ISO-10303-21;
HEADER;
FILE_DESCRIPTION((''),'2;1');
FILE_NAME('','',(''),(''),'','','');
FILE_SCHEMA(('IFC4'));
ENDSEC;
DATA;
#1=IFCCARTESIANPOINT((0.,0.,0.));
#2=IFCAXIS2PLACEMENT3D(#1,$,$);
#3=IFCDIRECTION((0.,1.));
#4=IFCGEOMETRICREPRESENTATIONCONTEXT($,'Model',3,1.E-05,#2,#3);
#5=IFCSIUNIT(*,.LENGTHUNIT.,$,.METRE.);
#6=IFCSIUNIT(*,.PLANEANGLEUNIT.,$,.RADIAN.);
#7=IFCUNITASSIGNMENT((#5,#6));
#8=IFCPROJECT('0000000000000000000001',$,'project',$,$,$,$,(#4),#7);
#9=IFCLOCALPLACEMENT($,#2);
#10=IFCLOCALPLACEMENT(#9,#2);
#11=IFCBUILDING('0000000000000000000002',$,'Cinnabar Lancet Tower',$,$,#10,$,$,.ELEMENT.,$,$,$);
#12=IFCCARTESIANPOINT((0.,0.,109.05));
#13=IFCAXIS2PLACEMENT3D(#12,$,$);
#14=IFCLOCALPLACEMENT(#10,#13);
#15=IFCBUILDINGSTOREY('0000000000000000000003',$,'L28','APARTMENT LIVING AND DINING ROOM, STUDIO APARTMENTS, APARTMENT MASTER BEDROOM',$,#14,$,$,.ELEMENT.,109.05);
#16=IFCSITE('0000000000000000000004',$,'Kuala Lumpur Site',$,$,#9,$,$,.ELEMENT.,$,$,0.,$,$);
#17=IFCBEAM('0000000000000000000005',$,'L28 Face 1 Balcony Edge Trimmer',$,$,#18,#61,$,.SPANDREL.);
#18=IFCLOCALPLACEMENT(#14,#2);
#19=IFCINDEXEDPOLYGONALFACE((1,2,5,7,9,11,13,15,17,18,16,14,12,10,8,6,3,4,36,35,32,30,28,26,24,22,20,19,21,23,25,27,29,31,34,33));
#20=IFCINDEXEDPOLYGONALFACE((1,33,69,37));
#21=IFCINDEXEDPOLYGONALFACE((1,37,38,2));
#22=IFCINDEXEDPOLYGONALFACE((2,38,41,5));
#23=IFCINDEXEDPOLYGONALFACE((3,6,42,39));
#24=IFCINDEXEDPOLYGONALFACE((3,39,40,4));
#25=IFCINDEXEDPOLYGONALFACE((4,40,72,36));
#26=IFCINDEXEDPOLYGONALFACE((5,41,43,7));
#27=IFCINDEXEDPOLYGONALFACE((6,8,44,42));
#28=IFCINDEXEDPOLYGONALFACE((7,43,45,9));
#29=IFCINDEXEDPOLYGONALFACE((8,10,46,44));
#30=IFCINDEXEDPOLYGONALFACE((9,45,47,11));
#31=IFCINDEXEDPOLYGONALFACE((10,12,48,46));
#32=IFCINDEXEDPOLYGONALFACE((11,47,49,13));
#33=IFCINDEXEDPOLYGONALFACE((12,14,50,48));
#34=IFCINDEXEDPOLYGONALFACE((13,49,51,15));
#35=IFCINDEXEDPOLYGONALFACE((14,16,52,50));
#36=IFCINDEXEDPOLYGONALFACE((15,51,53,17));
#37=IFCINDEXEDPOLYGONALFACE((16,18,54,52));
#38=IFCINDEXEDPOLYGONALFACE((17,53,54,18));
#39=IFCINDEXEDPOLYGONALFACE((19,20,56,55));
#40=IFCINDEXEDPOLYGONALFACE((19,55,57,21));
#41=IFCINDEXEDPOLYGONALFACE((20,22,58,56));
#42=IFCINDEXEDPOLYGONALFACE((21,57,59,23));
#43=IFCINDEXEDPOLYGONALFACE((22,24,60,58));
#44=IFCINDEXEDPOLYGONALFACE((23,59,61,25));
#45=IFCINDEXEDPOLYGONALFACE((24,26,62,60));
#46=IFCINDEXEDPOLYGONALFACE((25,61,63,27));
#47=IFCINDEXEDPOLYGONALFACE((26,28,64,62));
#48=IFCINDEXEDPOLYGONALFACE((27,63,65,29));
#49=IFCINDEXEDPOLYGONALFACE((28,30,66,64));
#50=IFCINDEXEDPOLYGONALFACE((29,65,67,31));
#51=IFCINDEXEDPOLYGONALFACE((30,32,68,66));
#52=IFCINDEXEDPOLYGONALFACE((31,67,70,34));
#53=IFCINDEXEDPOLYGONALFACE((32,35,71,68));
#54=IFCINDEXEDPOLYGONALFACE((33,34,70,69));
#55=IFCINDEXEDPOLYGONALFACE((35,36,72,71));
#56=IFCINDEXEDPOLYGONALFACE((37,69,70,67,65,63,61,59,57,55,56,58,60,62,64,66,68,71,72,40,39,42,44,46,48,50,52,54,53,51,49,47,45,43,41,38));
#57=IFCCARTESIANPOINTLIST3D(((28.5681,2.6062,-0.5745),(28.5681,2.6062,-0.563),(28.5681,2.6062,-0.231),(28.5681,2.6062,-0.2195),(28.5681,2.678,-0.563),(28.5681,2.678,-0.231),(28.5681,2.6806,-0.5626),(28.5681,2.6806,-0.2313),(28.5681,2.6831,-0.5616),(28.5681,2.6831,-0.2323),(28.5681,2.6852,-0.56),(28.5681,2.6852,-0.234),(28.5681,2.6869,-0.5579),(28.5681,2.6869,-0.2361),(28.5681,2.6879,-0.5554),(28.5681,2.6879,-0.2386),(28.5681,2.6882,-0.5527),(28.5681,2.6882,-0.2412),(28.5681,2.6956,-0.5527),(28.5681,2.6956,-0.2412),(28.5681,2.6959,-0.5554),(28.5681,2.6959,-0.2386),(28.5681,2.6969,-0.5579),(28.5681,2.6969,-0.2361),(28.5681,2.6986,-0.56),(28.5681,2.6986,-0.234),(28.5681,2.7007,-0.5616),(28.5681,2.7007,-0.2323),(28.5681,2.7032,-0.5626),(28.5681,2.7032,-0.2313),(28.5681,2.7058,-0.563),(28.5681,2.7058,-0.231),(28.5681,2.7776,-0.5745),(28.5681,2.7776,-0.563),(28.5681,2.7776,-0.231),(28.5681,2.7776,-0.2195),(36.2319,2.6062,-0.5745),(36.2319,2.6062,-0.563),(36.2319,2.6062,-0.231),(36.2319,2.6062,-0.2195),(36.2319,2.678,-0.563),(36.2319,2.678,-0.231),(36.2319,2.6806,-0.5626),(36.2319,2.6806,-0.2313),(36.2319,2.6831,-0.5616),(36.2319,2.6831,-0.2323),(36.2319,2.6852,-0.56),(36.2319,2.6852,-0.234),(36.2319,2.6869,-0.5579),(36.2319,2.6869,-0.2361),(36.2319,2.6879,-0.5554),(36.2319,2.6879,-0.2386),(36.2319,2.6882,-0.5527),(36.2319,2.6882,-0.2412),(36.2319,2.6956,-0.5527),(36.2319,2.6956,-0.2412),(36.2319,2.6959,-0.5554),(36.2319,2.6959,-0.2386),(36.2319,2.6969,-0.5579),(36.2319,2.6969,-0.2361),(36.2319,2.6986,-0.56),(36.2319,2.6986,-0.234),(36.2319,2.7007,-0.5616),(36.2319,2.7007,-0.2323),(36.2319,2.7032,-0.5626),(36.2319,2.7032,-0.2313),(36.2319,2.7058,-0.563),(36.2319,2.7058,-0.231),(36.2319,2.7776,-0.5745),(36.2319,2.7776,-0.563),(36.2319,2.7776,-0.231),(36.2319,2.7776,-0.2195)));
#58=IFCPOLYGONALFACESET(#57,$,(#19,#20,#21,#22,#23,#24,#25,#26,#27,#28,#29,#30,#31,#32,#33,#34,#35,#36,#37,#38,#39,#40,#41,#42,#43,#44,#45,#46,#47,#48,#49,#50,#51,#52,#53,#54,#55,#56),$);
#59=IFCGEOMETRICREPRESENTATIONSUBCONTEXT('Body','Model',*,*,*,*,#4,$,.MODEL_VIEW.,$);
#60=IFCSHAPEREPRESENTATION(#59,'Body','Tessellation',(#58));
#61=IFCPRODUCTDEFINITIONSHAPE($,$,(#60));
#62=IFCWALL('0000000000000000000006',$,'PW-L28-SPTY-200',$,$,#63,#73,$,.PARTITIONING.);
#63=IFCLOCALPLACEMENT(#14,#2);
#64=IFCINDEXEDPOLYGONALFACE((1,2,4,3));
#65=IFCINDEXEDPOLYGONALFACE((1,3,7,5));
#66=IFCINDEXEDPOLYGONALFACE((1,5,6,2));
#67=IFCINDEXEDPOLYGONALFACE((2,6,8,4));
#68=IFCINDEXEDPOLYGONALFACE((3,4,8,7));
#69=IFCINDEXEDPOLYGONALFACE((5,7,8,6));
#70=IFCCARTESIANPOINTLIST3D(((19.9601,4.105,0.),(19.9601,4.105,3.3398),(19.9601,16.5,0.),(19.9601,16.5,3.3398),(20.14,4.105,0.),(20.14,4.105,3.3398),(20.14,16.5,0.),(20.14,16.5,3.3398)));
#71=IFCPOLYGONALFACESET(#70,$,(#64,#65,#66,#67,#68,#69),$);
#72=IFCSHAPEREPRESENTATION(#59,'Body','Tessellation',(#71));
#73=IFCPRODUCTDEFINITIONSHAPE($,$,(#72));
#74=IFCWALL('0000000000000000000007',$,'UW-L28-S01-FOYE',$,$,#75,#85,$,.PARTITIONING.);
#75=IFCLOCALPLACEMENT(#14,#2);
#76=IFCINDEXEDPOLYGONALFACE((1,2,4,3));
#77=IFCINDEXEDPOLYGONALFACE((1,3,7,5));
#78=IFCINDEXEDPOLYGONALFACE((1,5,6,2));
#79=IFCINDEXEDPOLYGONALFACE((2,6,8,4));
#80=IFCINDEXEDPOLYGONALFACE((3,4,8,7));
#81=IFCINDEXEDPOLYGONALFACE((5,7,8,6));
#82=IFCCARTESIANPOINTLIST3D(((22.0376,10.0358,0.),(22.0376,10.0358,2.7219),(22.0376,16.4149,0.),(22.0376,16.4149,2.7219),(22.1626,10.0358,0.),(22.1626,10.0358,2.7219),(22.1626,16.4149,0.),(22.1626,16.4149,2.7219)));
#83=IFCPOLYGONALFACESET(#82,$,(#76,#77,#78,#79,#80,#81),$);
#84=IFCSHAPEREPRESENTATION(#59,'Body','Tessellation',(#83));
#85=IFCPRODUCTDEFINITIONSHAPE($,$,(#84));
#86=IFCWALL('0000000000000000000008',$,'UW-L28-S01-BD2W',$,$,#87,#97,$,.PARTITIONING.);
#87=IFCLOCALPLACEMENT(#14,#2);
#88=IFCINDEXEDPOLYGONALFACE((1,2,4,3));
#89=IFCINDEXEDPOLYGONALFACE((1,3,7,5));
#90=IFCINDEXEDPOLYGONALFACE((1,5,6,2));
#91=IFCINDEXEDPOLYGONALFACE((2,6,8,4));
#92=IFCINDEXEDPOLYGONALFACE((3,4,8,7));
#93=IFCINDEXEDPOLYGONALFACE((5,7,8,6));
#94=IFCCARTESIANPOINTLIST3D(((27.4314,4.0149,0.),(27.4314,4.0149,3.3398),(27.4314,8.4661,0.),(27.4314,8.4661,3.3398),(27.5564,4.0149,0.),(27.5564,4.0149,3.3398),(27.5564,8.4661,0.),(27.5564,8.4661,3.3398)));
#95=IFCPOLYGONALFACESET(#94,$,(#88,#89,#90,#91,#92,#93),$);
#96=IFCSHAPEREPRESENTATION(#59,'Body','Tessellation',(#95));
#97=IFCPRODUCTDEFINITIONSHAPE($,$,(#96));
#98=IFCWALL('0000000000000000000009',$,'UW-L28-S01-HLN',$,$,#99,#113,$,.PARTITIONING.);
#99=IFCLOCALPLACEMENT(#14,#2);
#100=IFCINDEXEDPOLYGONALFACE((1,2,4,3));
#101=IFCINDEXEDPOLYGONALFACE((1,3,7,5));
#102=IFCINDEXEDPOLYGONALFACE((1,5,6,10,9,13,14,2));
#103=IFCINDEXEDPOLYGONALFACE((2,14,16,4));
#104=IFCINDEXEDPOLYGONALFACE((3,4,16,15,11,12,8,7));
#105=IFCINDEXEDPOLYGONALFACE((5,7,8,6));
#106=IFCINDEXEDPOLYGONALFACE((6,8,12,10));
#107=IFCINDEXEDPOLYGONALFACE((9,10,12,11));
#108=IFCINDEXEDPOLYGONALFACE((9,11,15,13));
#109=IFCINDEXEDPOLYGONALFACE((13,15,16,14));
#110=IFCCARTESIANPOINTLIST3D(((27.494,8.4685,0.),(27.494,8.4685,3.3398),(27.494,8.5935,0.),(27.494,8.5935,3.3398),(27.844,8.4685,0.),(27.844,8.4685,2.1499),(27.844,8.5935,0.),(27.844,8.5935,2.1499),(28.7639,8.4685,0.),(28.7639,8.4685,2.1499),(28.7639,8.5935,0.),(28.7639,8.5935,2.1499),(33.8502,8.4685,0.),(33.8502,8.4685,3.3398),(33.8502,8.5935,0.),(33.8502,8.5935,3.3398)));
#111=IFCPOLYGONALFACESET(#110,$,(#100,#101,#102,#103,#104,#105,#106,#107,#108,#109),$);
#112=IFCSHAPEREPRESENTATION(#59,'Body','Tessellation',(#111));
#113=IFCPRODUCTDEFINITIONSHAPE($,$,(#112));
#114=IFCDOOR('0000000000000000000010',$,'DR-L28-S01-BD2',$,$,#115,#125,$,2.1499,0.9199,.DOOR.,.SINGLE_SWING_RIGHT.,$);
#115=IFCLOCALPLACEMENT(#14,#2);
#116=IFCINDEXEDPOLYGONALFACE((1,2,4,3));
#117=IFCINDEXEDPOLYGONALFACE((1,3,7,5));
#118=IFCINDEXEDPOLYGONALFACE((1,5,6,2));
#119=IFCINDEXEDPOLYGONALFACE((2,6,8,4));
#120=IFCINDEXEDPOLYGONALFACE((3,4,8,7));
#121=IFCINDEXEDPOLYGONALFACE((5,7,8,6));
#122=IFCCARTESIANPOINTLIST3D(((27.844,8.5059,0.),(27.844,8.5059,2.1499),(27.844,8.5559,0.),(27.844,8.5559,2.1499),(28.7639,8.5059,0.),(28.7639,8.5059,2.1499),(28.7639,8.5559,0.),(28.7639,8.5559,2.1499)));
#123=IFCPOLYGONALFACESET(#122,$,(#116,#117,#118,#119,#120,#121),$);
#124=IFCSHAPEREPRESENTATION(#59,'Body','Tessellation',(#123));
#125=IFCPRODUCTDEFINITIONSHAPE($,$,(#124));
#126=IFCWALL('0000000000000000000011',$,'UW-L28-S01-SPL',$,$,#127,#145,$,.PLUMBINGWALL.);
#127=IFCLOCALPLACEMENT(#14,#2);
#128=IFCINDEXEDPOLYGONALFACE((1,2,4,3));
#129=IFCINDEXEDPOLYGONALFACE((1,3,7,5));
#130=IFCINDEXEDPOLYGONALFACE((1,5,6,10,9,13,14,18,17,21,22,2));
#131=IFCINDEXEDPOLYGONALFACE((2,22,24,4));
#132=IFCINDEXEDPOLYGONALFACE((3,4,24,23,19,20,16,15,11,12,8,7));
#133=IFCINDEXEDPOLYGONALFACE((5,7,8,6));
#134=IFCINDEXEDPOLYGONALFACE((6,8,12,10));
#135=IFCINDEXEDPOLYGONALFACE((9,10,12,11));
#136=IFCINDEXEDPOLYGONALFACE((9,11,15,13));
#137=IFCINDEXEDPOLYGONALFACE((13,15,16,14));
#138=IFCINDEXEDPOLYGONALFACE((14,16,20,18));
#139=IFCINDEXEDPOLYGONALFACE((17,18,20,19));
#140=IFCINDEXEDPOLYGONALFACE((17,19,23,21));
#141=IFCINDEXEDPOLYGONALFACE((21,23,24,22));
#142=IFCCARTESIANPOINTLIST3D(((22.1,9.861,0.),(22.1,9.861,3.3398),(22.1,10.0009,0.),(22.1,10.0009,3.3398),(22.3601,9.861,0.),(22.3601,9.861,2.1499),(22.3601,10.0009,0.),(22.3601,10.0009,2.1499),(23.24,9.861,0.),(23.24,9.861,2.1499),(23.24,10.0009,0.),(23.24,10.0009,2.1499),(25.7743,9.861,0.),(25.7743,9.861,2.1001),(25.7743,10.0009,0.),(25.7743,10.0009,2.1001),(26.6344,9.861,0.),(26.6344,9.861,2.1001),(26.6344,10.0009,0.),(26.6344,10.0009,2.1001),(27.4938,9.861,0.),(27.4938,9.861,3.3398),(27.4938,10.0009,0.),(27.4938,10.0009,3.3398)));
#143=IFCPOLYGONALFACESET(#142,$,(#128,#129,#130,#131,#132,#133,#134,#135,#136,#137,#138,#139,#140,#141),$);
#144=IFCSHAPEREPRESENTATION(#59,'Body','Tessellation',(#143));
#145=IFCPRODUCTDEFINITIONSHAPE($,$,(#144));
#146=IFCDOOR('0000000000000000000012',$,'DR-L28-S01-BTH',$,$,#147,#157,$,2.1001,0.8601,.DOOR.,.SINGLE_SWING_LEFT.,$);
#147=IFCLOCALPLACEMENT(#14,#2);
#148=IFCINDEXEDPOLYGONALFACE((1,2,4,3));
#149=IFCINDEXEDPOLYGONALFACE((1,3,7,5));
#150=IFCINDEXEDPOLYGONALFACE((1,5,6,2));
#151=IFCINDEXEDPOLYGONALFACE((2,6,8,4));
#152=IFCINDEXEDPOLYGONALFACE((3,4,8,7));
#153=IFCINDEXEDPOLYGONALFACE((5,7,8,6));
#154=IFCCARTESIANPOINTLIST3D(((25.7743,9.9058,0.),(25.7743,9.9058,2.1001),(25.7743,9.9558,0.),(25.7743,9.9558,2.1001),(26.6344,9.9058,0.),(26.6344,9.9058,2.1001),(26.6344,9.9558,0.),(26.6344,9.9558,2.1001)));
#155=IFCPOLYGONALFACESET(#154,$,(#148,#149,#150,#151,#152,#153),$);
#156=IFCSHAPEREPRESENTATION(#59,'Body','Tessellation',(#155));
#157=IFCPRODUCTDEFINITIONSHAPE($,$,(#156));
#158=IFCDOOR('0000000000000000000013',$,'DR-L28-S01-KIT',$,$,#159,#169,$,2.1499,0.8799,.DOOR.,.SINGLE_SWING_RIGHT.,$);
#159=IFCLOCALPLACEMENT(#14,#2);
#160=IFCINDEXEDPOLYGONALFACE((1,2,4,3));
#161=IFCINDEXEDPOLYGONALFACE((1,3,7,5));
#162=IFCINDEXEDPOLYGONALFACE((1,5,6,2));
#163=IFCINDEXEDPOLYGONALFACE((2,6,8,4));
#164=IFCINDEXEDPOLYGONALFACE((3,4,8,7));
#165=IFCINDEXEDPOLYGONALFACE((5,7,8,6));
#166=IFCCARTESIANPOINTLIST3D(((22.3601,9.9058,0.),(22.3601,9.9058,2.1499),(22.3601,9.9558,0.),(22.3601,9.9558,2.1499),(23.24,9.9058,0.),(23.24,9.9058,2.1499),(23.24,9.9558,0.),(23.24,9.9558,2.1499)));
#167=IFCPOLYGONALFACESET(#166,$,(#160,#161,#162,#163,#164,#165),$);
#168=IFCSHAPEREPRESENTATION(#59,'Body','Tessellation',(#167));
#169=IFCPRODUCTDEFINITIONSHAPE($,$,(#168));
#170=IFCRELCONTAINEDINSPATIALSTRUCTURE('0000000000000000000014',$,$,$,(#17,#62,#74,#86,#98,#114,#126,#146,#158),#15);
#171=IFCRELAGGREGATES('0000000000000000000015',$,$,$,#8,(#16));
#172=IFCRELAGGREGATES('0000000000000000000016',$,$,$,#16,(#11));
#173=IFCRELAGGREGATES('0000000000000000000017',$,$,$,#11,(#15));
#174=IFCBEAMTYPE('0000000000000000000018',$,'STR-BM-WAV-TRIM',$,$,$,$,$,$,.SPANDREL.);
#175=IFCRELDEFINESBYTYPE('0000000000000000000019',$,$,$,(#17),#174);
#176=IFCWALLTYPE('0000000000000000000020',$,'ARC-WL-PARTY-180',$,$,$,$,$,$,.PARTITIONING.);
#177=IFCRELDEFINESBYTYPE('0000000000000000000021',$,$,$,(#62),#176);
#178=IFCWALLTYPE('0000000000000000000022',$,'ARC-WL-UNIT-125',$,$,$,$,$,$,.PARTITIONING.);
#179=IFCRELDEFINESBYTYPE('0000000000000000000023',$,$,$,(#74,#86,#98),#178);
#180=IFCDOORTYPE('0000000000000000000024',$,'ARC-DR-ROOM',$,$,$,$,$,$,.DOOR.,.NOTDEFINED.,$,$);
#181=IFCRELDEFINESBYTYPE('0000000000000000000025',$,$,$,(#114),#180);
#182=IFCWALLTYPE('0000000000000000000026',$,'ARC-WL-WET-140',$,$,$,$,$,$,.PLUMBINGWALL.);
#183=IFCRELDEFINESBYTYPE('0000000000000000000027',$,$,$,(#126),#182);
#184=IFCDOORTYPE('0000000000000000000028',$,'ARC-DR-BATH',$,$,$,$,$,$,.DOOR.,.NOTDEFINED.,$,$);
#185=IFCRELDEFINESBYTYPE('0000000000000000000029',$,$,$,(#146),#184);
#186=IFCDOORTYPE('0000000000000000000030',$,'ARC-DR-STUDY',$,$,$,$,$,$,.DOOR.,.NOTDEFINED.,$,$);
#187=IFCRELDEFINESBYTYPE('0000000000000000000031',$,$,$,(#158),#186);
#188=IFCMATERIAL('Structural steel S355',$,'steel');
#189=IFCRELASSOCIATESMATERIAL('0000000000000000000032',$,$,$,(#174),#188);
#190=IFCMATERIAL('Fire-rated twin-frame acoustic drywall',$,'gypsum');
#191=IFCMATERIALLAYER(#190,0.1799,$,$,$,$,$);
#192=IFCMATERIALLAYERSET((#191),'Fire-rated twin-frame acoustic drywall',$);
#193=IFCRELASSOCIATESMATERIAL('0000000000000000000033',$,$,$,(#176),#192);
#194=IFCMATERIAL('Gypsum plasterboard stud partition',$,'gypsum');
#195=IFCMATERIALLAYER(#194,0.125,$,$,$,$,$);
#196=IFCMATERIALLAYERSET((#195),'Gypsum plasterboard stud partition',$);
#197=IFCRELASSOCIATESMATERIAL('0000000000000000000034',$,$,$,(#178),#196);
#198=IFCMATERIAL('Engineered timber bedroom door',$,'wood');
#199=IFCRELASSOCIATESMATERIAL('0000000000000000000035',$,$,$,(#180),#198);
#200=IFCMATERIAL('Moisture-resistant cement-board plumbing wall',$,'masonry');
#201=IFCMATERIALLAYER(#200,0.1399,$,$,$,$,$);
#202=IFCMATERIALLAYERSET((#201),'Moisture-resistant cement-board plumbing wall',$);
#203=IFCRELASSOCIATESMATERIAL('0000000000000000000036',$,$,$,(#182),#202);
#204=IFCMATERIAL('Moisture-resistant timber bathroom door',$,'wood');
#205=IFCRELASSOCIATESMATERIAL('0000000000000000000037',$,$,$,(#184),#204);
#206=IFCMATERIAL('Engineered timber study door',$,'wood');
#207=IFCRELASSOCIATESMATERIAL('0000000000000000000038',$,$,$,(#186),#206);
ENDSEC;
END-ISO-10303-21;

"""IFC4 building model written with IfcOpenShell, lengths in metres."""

from ifc_helpers import new_model, si_unit, direction, frame, frame_2d, origin, origin_2d, place, context, subcontext, project, spatial, rectangle, i_section, extrude, material, layer, layer_set, material_profile, profile_set, type_object, element, fill, save


model = new_model("IFC4")

# Units and contexts
model_context = context("Model", 3, precision=1e-05, world=origin(), true_north=direction((0.0, 1.0)))
body_context = subcontext(model_context, "Body", "Model", "MODEL_VIEW")
ifc_project = project(units=[si_unit("LENGTHUNIT", "METRE"), si_unit("PLANEANGLEUNIT", "RADIAN")], contexts=[model_context])

# Site, building, storey
site_placement = place(None, origin())
site = spatial("IfcSite", under=ifc_project, at=site_placement, Name="Kuala Lumpur Site", CompositionType="ELEMENT", RefElevation=0.0)
building_placement = place(site_placement, origin())
building = spatial("IfcBuilding", under=site, at=building_placement, Name="Cinnabar Lancet Tower", CompositionType="ELEMENT")
storey_placement = place(building_placement, frame((0.0, 0.0, 109.05)))
storey = spatial("IfcBuildingStorey", under=building, at=storey_placement, Name="L28", Description="APARTMENT LIVING AND DINING ROOM, STUDIO APARTMENTS, APARTMENT MASTER BEDROOM", CompositionType="ELEMENT", Elevation=109.05)

# Beam
ifc_material_1 = material(Name="Structural steel S355", Category="steel")
ifc_material_profile_1 = material_profile(ifc_material_1, i_section(OverallWidth=0.1714, OverallDepth=0.355, WebThickness=0.0073, FlangeThickness=0.0115, FilletRadius=0.0103, at=origin_2d()), Name="UKB 356x171x51")
ifc_profile_set_1 = profile_set([ifc_material_profile_1], Name="Structural steel S355")
beam_type_1 = type_object("IfcBeamType", Name="STR-BM-WAV-TRIM", PredefinedType="SPANDREL", material=ifc_profile_set_1)
beam_1_placement = place(storey_placement, frame((28.5681, 2.6919, -0.397), z_axis=(1.0, 0.0, 0.0), x_axis=(0.0, 1.0, 0.0)))
element("IfcBeam", 1, at=beam_1_placement, inside=storey, type_object=beam_type_1, Name="L28 Face 1 Balcony Edge Trimmer", PredefinedType="SPANDREL", context=body_context, shape_type="SweptSolid", body=[
    extrude(i_section(OverallWidth=0.1714, OverallDepth=0.355, WebThickness=0.0073, FlangeThickness=0.0115, FilletRadius=0.0103, at=origin_2d()), origin(), (0.0, 0.0, 1.0), 7.6638),
])

# Walls
ifc_material_2 = material(Name="Fire-rated twin-frame acoustic drywall", Category="gypsum")
ifc_layer_1 = layer(ifc_material_2, 0.1799)
ifc_layer_set_1 = layer_set([ifc_layer_1], Name="Fire-rated twin-frame acoustic drywall")
wall_type_1 = type_object("IfcWallType", Name="ARC-WL-PARTY-180", PredefinedType="PARTITIONING", material=ifc_layer_set_1)
wall_1_placement = place(storey_placement, frame((20.05, 4.105, 0.0), z_axis=(0.0, 0.0, 1.0), x_axis=(0.0, 1.0, 0.0)))
element("IfcWall", 2, at=wall_1_placement, inside=storey, type_object=wall_type_1, Name="PW-L28-SPTY-200", PredefinedType="PARTITIONING", context=body_context, shape_type="SweptSolid", body=[
    extrude(rectangle(XDim=12.395, YDim=0.1799, at=frame_2d((6.1975, 0.0))), origin(), (0.0, 0.0, 1.0), 3.3398),
])
ifc_material_3 = material(Name="Gypsum plasterboard stud partition", Category="gypsum")
ifc_layer_2 = layer(ifc_material_3, 0.125)
ifc_layer_set_2 = layer_set([ifc_layer_2], Name="Gypsum plasterboard stud partition")
wall_type_2 = type_object("IfcWallType", Name="ARC-WL-UNIT-125", PredefinedType="PARTITIONING", material=ifc_layer_set_2)
wall_2_placement = place(storey_placement, frame((22.1001, 10.0359, 0.0), z_axis=(0.0, 0.0, 1.0), x_axis=(0.0, 1.0, 0.0)))
element("IfcWall", 3, at=wall_2_placement, inside=storey, type_object=wall_type_2, Name="UW-L28-S01-FOYE", PredefinedType="PARTITIONING", context=body_context, shape_type="SweptSolid", body=[
    extrude(rectangle(XDim=6.3792, YDim=0.125, at=frame_2d((3.1895, 0.0))), origin(), (0.0, 0.0, 1.0), 2.7219),
])
wall_3_placement = place(storey_placement, frame((27.4939, 4.0149, 0.0), z_axis=(0.0, 0.0, 1.0), x_axis=(0.0, 1.0, 0.0)))
element("IfcWall", 4, at=wall_3_placement, inside=storey, type_object=wall_type_2, Name="UW-L28-S01-BD2W", PredefinedType="PARTITIONING", context=body_context, shape_type="SweptSolid", body=[
    extrude(rectangle(XDim=4.4512, YDim=0.125, at=frame_2d((2.2256, 0.0))), origin(), (0.0, 0.0, 1.0), 3.3398),
])

# Wall, opening, door
wall_4_placement = place(storey_placement, frame((27.4939, 8.531, 0.0), z_axis=(0.0, 0.0, 1.0), x_axis=(1.0, 0.0, 0.0)))
wall_4 = element("IfcWall", 5, at=wall_4_placement, inside=storey, type_object=wall_type_2, Name="UW-L28-S01-HLN", PredefinedType="PARTITIONING", context=body_context, shape_type="SweptSolid", body=[
    extrude(rectangle(XDim=6.3562, YDim=0.125, at=frame_2d((3.1782, 0.0))), origin(), (0.0, 0.0, 1.0), 3.3398),
])
opening_1_placement = place(wall_4_placement, frame((0.3501, 0.0, 0.0)))
opening_1 = element("IfcOpeningElement", 6, at=opening_1_placement, cuts=wall_4, PredefinedType="OPENING", context=body_context, shape_type="SweptSolid", body=[
    extrude(rectangle(XDim=0.9199, YDim=2.1499, at=frame_2d((0.46, 1.075))), frame((0.0, 0.0725, 0.0), z_axis=(0.0, -1.0, 0.0), x_axis=(1.0, 0.0, 0.0)), (0.0, 0.0, 1.0), 0.145),
])
ifc_material_4 = material(Name="Engineered timber bedroom door", Category="wood")
door_type_1 = type_object("IfcDoorType", Name="ARC-DR-ROOM", OperationType="NOTDEFINED", PredefinedType="DOOR", material=ifc_material_4)
door_1_placement = place(opening_1_placement, origin())
door_1 = element("IfcDoor", 7, at=door_1_placement, inside=storey, type_object=door_type_1, Name="DR-L28-S01-BD2", OperationType="SINGLE_SWING_RIGHT", OverallHeight=2.1499, OverallWidth=0.9199, PredefinedType="DOOR", context=body_context, shape_type="SweptSolid", body=[
    extrude(rectangle(XDim=0.9199, YDim=2.1499, at=frame_2d((0.46, 1.075))), frame((0.0, 0.0249, 0.0), z_axis=(0.0, -1.0, 0.0), x_axis=(1.0, 0.0, 0.0)), (0.0, 0.0, 1.0), 0.05),
])
fill(opening_1, door_1)

# Wall, openings, doors
ifc_material_5 = material(Name="Moisture-resistant cement-board plumbing wall", Category="masonry")
ifc_layer_3 = layer(ifc_material_5, 0.1399)
ifc_layer_set_3 = layer_set([ifc_layer_3], Name="Moisture-resistant cement-board plumbing wall")
wall_type_3 = type_object("IfcWallType", Name="ARC-WL-WET-140", PredefinedType="PLUMBINGWALL", material=ifc_layer_set_3)
wall_5_placement = place(storey_placement, frame((22.1001, 9.9309, 0.0), z_axis=(0.0, 0.0, 1.0), x_axis=(1.0, 0.0, 0.0)))
wall_5 = element("IfcWall", 8, at=wall_5_placement, inside=storey, type_object=wall_type_3, Name="UW-L28-S01-SPL", PredefinedType="PLUMBINGWALL", context=body_context, shape_type="SweptSolid", body=[
    extrude(rectangle(XDim=5.3938, YDim=0.1399, at=frame_2d((2.6968, 0.0))), origin(), (0.0, 0.0, 1.0), 3.3398),
])
opening_2_placement = place(wall_5_placement, frame((3.6741, 0.0, 0.0)))
opening_2 = element("IfcOpeningElement", 9, at=opening_2_placement, cuts=wall_5, PredefinedType="OPENING", context=body_context, shape_type="SweptSolid", body=[
    extrude(rectangle(XDim=0.8601, YDim=2.1001, at=frame_2d((0.4302, 1.05))), frame((0.0, 0.0798, 0.0), z_axis=(0.0, -1.0, 0.0), x_axis=(1.0, 0.0, 0.0)), (0.0, 0.0, 1.0), 0.1599),
])
opening_3_placement = place(wall_5_placement, frame((0.26, 0.0, 0.0)))
opening_3 = element("IfcOpeningElement", 10, at=opening_3_placement, cuts=wall_5, PredefinedType="OPENING", context=body_context, shape_type="SweptSolid", body=[
    extrude(rectangle(XDim=0.8799, YDim=2.1499, at=frame_2d((0.4399, 1.075))), frame((0.0, 0.0798, 0.0), z_axis=(0.0, -1.0, 0.0), x_axis=(1.0, 0.0, 0.0)), (0.0, 0.0, 1.0), 0.1599),
])
ifc_material_6 = material(Name="Moisture-resistant timber bathroom door", Category="wood")
door_type_2 = type_object("IfcDoorType", Name="ARC-DR-BATH", OperationType="NOTDEFINED", PredefinedType="DOOR", material=ifc_material_6)
door_2_placement = place(opening_2_placement, origin())
door_2 = element("IfcDoor", 11, at=door_2_placement, inside=storey, type_object=door_type_2, Name="DR-L28-S01-BTH", OperationType="SINGLE_SWING_LEFT", OverallHeight=2.1001, OverallWidth=0.8601, PredefinedType="DOOR", context=body_context, shape_type="SweptSolid", body=[
    extrude(rectangle(XDim=0.8601, YDim=2.1001, at=frame_2d((0.4302, 1.05))), frame((0.0, 0.0249, 0.0), z_axis=(0.0, -1.0, 0.0), x_axis=(1.0, 0.0, 0.0)), (0.0, 0.0, 1.0), 0.05),
])
fill(opening_2, door_2)
ifc_material_7 = material(Name="Engineered timber study door", Category="wood")
door_type_3 = type_object("IfcDoorType", Name="ARC-DR-STUDY", OperationType="NOTDEFINED", PredefinedType="DOOR", material=ifc_material_7)
door_3_placement = place(opening_3_placement, origin())
door_3 = element("IfcDoor", 12, at=door_3_placement, inside=storey, type_object=door_type_3, Name="DR-L28-S01-KIT", OperationType="SINGLE_SWING_RIGHT", OverallHeight=2.1499, OverallWidth=0.8799, PredefinedType="DOOR", context=body_context, shape_type="SweptSolid", body=[
    extrude(rectangle(XDim=0.8799, YDim=2.1499, at=frame_2d((0.4399, 1.075))), frame((0.0, 0.0249, 0.0), z_axis=(0.0, -1.0, 0.0), x_axis=(1.0, 0.0, 0.0)), (0.0, 0.0, 1.0), 0.05),
])
fill(opening_3, door_3)

save(model, "model.ifc")
